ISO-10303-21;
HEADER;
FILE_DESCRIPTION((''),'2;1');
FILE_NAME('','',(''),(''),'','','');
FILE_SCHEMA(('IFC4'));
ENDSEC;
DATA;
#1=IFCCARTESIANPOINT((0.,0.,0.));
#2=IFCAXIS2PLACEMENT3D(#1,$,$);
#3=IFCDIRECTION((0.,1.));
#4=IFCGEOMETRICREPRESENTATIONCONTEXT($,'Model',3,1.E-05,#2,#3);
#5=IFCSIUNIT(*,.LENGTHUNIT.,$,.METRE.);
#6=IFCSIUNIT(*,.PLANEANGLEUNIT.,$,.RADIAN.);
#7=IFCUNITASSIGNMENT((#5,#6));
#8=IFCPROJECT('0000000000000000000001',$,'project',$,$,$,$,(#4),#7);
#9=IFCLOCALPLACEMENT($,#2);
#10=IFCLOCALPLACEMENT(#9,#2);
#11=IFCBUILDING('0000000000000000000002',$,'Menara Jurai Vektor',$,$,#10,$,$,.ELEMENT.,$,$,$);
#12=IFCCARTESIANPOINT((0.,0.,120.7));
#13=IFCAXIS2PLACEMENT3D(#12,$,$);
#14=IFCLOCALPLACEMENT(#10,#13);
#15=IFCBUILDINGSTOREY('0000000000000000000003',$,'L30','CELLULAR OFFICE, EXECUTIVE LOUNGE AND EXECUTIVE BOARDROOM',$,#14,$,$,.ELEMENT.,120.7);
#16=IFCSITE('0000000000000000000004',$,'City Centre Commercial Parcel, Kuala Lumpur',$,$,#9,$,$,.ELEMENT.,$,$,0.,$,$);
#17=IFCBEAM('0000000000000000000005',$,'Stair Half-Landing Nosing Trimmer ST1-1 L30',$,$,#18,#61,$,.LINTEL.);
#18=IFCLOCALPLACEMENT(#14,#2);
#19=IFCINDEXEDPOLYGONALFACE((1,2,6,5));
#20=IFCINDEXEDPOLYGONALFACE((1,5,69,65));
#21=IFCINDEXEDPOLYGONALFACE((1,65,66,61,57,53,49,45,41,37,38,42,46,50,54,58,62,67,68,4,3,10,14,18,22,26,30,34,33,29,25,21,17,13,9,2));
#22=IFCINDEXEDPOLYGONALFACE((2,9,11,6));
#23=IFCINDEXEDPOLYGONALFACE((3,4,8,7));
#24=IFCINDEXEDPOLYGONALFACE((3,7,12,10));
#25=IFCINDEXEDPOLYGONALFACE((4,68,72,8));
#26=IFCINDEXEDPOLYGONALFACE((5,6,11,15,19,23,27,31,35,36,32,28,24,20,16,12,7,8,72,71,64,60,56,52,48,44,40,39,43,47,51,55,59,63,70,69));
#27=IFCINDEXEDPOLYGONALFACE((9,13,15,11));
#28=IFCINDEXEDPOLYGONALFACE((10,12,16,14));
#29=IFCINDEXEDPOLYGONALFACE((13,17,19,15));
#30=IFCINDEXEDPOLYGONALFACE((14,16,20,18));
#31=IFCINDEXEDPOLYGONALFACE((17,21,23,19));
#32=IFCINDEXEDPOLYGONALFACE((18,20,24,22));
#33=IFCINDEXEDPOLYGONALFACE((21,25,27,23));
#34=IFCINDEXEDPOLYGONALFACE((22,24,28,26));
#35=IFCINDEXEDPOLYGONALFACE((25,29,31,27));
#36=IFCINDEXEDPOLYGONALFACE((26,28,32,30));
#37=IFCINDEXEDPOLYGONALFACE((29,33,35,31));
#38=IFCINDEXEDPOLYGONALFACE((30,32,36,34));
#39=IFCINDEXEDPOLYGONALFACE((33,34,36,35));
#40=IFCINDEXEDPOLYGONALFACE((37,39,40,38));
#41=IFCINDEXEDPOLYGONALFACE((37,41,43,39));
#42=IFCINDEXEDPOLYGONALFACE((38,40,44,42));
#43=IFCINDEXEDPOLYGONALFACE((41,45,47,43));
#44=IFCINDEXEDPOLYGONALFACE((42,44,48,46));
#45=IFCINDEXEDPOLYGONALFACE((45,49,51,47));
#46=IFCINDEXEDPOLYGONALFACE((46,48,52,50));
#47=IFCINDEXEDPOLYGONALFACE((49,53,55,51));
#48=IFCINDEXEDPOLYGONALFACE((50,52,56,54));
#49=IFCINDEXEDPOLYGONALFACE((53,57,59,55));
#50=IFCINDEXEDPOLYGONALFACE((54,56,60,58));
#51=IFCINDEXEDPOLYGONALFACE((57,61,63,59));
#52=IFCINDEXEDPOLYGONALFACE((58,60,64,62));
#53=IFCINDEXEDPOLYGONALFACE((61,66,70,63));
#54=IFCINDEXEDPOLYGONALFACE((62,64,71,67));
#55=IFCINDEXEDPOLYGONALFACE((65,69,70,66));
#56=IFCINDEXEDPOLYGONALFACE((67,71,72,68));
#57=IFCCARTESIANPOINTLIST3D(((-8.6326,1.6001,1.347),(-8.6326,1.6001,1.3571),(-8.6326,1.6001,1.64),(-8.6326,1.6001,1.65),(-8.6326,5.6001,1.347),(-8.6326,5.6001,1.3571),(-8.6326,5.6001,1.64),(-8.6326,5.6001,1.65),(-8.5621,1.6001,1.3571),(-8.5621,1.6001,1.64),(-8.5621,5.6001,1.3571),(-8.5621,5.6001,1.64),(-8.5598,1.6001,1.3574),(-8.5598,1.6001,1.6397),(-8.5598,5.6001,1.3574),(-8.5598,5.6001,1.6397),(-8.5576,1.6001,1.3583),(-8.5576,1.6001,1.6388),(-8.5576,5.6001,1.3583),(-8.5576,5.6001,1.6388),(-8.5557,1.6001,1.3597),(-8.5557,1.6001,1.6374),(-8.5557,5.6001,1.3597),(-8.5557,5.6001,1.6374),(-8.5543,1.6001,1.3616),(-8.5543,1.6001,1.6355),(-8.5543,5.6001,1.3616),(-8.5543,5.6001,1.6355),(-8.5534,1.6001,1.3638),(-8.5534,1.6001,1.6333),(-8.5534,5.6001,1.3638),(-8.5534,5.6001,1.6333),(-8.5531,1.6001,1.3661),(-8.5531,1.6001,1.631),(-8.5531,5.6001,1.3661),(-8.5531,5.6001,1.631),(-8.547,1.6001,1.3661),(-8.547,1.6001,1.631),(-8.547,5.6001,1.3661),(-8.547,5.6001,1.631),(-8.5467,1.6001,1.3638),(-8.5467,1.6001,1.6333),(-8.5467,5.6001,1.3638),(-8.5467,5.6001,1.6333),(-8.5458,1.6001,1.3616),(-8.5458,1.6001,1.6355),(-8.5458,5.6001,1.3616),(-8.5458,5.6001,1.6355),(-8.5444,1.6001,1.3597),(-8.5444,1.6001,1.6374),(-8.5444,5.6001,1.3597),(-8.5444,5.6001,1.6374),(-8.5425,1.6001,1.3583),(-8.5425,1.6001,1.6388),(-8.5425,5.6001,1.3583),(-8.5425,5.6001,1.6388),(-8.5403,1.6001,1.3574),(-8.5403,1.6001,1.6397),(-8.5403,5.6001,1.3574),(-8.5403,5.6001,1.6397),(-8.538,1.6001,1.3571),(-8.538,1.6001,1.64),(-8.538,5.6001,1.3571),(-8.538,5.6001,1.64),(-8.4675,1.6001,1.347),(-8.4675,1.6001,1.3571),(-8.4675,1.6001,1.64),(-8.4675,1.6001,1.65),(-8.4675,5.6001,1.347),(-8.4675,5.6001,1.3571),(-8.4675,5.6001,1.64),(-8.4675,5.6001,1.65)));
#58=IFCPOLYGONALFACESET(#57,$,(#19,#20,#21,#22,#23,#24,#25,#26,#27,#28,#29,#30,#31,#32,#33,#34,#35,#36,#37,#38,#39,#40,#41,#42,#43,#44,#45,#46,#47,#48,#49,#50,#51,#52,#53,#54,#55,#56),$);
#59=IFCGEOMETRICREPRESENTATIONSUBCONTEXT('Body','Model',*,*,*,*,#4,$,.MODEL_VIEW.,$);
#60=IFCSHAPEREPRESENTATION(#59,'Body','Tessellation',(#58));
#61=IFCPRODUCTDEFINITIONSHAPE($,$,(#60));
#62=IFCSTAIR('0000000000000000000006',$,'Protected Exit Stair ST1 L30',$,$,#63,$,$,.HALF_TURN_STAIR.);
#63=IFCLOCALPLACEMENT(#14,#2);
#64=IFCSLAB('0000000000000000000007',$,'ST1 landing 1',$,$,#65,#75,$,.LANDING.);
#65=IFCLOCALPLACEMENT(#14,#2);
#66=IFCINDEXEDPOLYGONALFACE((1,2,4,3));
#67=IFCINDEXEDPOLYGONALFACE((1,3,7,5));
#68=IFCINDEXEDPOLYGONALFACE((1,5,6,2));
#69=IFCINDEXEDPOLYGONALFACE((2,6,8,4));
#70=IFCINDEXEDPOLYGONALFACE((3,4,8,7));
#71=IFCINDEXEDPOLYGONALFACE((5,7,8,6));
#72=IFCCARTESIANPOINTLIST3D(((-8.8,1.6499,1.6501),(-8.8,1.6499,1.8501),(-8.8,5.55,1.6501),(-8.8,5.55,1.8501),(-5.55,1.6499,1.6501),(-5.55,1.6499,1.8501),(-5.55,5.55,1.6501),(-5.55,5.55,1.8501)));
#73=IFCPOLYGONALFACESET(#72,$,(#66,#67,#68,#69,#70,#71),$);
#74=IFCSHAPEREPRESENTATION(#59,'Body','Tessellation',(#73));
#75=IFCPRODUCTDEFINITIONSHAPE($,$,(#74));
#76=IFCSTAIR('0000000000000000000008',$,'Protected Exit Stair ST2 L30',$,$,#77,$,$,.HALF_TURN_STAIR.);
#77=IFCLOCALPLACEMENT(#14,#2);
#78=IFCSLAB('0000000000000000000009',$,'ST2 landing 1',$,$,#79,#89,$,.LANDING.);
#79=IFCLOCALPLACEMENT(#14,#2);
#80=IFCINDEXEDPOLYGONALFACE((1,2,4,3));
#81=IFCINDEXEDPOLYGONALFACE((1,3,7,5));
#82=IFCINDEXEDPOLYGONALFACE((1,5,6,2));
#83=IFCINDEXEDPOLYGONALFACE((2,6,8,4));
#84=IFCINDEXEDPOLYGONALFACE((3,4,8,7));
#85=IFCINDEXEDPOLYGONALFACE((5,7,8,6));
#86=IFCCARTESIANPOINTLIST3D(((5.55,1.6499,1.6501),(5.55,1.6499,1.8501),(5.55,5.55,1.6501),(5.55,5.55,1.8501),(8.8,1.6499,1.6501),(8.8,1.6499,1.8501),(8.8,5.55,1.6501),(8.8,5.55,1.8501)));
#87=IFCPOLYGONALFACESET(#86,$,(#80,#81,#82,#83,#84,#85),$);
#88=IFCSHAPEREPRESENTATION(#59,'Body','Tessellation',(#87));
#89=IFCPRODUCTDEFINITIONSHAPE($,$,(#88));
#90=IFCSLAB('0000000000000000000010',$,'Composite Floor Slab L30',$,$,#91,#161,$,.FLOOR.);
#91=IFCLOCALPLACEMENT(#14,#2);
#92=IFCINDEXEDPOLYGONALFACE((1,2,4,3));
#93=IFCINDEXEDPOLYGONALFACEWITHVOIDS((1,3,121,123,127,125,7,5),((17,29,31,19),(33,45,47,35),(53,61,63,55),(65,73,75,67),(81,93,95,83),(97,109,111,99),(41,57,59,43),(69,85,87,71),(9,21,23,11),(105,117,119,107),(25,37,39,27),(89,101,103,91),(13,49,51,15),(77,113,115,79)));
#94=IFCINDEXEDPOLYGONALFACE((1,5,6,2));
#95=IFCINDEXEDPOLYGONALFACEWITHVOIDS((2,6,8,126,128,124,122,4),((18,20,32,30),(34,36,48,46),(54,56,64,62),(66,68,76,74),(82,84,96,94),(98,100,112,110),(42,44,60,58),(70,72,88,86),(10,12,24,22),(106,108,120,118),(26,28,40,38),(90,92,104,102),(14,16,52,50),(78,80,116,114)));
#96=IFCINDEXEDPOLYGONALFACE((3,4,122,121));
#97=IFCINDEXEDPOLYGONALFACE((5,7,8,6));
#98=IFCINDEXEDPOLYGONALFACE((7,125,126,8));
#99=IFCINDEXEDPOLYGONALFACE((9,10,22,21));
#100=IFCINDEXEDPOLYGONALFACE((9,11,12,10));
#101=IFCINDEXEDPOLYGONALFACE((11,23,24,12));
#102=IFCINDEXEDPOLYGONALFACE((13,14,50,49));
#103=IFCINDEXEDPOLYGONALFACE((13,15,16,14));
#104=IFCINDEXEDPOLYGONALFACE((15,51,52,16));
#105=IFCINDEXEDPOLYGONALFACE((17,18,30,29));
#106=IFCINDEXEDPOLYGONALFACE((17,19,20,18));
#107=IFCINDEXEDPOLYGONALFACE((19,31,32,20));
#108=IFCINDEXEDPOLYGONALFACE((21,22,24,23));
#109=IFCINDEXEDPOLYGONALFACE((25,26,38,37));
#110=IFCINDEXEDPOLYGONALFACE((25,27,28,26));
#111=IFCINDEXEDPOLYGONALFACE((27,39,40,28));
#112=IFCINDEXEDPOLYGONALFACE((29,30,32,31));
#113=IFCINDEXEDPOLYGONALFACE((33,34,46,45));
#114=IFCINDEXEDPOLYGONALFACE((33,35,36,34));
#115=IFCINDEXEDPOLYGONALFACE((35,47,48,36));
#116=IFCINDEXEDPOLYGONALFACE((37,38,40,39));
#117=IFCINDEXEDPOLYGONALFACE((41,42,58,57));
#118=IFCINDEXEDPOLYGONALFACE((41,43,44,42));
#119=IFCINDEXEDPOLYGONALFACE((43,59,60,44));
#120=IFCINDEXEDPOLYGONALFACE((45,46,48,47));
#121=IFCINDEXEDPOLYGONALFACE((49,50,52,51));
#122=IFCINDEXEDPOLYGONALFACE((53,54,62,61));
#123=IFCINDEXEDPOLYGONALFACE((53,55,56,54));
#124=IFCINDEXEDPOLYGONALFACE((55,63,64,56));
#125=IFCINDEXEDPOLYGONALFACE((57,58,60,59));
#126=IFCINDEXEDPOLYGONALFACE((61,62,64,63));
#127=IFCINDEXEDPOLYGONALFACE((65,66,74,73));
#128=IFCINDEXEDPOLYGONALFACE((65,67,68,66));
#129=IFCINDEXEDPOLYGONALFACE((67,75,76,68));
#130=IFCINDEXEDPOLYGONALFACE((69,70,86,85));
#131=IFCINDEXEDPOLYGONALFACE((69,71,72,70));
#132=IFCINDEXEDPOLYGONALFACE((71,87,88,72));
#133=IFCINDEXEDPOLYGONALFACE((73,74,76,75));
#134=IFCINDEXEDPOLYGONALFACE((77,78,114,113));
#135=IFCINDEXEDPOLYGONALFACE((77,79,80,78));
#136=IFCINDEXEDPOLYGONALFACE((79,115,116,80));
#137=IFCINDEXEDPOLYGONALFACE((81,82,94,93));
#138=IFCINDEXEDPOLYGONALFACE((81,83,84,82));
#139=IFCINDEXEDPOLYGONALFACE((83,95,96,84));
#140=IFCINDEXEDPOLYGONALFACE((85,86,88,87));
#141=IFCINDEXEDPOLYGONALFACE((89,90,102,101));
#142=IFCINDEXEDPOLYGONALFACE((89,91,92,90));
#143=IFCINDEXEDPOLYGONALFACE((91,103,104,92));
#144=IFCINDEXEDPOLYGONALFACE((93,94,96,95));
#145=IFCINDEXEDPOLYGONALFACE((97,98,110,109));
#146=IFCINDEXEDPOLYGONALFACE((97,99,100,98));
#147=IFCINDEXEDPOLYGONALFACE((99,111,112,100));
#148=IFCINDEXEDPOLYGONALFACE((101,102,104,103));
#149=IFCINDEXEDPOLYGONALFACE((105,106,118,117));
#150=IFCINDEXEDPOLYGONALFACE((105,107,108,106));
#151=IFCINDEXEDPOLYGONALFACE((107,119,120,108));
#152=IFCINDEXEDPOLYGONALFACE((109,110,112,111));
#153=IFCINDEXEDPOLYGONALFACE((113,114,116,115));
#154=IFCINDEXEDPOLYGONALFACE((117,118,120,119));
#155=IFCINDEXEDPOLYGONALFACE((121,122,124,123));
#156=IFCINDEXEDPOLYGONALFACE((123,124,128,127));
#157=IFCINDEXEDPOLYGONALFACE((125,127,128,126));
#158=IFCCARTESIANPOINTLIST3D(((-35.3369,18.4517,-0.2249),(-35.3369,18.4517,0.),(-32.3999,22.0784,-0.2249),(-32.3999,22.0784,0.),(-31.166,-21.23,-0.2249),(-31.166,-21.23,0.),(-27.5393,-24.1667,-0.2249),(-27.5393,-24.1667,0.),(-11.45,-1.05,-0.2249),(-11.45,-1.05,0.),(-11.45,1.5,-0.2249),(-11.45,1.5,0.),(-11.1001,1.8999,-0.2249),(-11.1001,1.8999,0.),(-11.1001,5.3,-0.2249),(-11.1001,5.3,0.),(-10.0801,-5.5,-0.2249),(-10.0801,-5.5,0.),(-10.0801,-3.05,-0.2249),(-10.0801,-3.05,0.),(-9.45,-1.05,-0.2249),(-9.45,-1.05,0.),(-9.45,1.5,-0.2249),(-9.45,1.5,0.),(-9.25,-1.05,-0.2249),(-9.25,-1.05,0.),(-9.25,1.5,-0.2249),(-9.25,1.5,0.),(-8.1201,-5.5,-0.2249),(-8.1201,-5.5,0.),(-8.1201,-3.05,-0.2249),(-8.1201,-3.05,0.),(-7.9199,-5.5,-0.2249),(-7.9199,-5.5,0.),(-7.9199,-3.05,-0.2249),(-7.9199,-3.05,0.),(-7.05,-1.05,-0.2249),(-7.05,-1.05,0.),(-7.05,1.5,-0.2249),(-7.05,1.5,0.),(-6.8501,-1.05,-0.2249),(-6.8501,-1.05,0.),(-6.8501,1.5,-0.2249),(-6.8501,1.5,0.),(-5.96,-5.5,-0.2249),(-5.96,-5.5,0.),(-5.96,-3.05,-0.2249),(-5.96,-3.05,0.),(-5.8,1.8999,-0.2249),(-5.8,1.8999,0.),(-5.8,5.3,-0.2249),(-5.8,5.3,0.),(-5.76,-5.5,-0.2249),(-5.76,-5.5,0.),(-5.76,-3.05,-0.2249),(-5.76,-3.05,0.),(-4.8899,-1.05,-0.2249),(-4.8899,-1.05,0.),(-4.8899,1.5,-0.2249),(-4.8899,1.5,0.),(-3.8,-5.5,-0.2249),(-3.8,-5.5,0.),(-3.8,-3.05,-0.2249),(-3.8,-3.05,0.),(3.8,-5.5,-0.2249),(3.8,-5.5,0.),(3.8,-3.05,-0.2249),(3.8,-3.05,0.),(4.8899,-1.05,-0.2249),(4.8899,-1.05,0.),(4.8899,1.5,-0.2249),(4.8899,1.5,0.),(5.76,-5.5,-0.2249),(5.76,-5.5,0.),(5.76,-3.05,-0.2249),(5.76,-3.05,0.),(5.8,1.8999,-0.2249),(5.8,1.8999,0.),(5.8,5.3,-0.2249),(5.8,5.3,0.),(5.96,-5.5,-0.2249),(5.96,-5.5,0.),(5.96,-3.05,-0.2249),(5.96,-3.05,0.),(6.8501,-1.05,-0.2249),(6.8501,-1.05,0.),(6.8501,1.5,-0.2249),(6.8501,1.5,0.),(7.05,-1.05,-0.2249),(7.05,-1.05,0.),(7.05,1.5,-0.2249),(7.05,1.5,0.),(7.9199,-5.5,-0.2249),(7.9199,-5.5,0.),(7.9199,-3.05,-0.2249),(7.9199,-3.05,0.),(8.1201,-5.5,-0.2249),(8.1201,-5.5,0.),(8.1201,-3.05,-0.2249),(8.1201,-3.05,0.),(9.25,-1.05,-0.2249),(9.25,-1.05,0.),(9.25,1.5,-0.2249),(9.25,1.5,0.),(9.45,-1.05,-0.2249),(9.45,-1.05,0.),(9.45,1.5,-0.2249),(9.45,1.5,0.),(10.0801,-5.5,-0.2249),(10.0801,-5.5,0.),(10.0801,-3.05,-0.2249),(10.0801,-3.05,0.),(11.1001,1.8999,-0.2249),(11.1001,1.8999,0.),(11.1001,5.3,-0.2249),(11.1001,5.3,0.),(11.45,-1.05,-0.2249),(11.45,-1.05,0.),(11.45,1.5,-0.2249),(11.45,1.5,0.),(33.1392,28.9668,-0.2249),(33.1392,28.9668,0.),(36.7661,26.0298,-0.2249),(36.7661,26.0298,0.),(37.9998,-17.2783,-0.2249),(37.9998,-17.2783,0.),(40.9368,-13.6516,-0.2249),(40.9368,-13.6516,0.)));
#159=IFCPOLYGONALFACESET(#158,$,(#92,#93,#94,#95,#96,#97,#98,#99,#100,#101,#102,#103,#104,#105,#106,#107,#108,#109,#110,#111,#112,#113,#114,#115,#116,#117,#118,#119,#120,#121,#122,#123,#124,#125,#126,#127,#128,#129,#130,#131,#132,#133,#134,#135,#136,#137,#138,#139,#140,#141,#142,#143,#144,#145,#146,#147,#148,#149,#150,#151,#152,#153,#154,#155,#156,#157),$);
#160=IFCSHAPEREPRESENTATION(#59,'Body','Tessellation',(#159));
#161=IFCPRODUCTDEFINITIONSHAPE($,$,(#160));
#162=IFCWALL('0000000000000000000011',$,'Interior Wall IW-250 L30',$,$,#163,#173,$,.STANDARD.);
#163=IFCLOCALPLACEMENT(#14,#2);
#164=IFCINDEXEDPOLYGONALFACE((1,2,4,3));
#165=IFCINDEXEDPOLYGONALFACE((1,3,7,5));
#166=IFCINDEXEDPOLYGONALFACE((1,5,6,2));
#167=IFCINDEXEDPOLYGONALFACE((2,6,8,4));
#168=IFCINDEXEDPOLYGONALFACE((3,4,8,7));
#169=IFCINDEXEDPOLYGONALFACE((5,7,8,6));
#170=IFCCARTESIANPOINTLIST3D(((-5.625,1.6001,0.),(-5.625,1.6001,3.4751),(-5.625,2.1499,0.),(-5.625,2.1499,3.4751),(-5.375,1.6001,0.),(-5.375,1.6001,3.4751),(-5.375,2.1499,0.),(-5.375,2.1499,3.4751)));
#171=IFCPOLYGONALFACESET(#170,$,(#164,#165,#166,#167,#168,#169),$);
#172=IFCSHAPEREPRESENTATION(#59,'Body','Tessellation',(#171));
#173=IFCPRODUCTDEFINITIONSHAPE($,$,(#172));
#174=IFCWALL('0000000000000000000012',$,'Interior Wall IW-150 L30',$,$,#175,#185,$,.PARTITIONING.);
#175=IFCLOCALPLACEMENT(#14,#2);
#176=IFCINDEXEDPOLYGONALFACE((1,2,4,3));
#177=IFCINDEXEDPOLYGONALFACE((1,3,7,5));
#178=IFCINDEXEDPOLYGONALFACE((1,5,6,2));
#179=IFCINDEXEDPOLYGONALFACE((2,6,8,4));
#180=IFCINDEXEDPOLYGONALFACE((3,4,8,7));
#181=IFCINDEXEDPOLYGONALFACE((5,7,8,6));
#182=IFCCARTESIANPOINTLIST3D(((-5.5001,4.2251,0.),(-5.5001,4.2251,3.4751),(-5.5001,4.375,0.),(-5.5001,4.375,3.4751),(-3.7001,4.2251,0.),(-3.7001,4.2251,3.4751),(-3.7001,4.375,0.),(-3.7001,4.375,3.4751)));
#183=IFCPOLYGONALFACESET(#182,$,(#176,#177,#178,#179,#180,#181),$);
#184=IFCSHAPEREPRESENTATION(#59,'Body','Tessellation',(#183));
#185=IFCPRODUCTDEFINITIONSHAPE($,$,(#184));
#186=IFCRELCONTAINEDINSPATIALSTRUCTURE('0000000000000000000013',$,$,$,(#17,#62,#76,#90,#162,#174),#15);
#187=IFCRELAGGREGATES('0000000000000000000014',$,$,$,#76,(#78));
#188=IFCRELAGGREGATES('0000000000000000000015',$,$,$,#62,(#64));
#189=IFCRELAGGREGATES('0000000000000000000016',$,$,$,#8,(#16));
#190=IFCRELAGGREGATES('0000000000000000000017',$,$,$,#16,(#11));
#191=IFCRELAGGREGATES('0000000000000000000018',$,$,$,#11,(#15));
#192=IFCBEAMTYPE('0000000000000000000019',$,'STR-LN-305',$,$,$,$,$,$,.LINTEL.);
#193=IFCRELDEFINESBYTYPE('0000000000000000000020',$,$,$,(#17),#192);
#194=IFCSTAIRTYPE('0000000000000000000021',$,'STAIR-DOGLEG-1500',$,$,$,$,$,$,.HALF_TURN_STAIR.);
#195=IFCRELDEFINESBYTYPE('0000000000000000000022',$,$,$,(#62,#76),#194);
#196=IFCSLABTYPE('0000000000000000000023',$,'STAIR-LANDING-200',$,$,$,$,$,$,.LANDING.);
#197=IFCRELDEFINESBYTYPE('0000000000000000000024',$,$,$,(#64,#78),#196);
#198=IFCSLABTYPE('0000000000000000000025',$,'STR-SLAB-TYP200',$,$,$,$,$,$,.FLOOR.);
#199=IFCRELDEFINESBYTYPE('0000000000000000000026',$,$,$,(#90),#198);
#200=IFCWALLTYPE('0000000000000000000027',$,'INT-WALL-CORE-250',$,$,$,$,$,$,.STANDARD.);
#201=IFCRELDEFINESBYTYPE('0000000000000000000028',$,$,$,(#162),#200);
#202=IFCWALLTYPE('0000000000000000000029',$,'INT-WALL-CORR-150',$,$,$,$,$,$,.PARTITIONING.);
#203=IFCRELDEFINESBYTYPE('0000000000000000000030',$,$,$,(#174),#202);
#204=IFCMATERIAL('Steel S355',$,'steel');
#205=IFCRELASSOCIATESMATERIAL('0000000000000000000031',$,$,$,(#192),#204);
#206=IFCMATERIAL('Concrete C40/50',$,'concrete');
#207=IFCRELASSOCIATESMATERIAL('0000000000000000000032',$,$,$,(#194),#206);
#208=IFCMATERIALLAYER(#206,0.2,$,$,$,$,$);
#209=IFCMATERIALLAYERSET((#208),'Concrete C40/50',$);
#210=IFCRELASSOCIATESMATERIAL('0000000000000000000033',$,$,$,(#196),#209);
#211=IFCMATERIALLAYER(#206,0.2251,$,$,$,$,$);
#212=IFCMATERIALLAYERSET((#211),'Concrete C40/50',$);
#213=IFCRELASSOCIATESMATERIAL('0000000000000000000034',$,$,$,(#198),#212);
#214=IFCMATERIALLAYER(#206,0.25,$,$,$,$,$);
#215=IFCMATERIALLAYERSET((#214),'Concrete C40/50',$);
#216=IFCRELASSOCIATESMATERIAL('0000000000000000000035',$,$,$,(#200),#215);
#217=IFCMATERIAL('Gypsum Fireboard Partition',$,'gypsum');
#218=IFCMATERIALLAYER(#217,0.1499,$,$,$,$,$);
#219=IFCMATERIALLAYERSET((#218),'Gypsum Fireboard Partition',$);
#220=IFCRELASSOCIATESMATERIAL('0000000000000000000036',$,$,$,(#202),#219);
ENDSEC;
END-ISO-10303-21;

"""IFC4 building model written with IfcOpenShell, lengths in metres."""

from ifc_helpers import new_model, si_unit, direction, frame, frame_2d, origin, origin_2d, place, context, subcontext, project, spatial, polyline, rectangle, i_section, outline, extrude, material, layer, layer_set, material_profile, profile_set, type_object, element, aggregate, save


model = new_model("IFC4")

# Units and contexts
model_context = context("Model", 3, precision=1e-05, world=origin(), true_north=direction((0.0, 1.0)))
body_context = subcontext(model_context, "Body", "Model", "MODEL_VIEW")
ifc_project = project(units=[si_unit("LENGTHUNIT", "METRE"), si_unit("PLANEANGLEUNIT", "RADIAN")], contexts=[model_context])

# Site, building, storey
site_placement = place(None, origin())
site = spatial("IfcSite", under=ifc_project, at=site_placement, Name="City Centre Commercial Parcel, Kuala Lumpur", CompositionType="ELEMENT", RefElevation=0.0)
building_placement = place(site_placement, origin())
building = spatial("IfcBuilding", under=site, at=building_placement, Name="Menara Jurai Vektor", CompositionType="ELEMENT")
storey_placement = place(building_placement, frame((0.0, 0.0, 120.7)))
storey = spatial("IfcBuildingStorey", under=building, at=storey_placement, Name="L30", Description="CELLULAR OFFICE, EXECUTIVE LOUNGE AND EXECUTIVE BOARDROOM", CompositionType="ELEMENT", Elevation=120.7)

# Shared definitions
ifc_material_1 = material(Name="Steel S355", Category="steel")

# Beam
ifc_material_profile_1 = material_profile(ifc_material_1, i_section(OverallWidth=0.165, OverallDepth=0.303, WebThickness=0.0061, FlangeThickness=0.01, FilletRadius=0.009, at=origin_2d()), Name="UKB 305x165x40")
ifc_profile_set_1 = profile_set([ifc_material_profile_1], Name="Steel S355")
beam_type_1 = type_object("IfcBeamType", Name="STR-LN-305", PredefinedType="LINTEL", material=ifc_profile_set_1)
beam_1_placement = place(storey_placement, frame((-8.55, 1.6001, 1.4985), z_axis=(0.0, 1.0, 0.0), x_axis=(-1.0, 0.0, 0.0)))
element("IfcBeam", 1, at=beam_1_placement, inside=storey, type_object=beam_type_1, Name="Stair Half-Landing Nosing Trimmer ST1-1 L30", PredefinedType="LINTEL", context=body_context, shape_type="SweptSolid", body=[
    extrude(i_section(OverallWidth=0.165, OverallDepth=0.303, WebThickness=0.0061, FlangeThickness=0.01, FilletRadius=0.009, at=origin_2d()), origin(), (0.0, 0.0, 1.0), 4.0),
])

# Stairs, slabs
ifc_material_2 = material(Name="Concrete C40/50", Category="concrete")
stair_type = type_object("IfcStairType", Name="STAIR-DOGLEG-1500", PredefinedType="HALF_TURN_STAIR", material=ifc_material_2)
stair_1_placement = place(storey_placement, origin())
stair_1 = element("IfcStair", 2, at=stair_1_placement, inside=storey, type_object=stair_type, Name="Protected Exit Stair ST1 L30", PredefinedType="HALF_TURN_STAIR")
ifc_layer_1 = layer(ifc_material_2, 0.2)
ifc_layer_set_1 = layer_set([ifc_layer_1], Name="Concrete C40/50")
slab_type_1 = type_object("IfcSlabType", Name="STAIR-LANDING-200", PredefinedType="LANDING", material=ifc_layer_set_1)
slab_1_placement = place(storey_placement, frame((0.0, 0.0, 1.6501)))
slab_1 = element("IfcSlab", 3, at=slab_1_placement, type_object=slab_type_1, Name="ST1 landing 1", PredefinedType="LANDING", context=body_context, shape_type="SweptSolid", body=[
    extrude(outline(polyline([(-8.8, 1.6499), (-5.55, 1.6499), (-5.55, 5.55), (-8.8, 5.55), (-8.8, 1.6499)])), origin(), (0.0, 0.0, 1.0), 0.2),
])
stair_2_placement = place(storey_placement, origin())
stair_2 = element("IfcStair", 4, at=stair_2_placement, inside=storey, type_object=stair_type, Name="Protected Exit Stair ST2 L30", PredefinedType="HALF_TURN_STAIR")
slab_2_placement = place(storey_placement, frame((0.0, 0.0, 1.6501)))
slab_2 = element("IfcSlab", 5, at=slab_2_placement, type_object=slab_type_1, Name="ST2 landing 1", PredefinedType="LANDING", context=body_context, shape_type="SweptSolid", body=[
    extrude(outline(polyline([(5.55, 1.6499), (8.8, 1.6499), (8.8, 5.55), (5.55, 5.55), (5.55, 1.6499)])), origin(), (0.0, 0.0, 1.0), 0.2),
])
aggregate(stair_2, [slab_2])

# Slab
ifc_layer_2 = layer(ifc_material_2, 0.2251)
ifc_layer_set_2 = layer_set([ifc_layer_2], Name="Concrete C40/50")
slab_type_2 = type_object("IfcSlabType", Name="STR-SLAB-TYP200", PredefinedType="FLOOR", material=ifc_layer_set_2)
slab_3_placement = place(storey_placement, frame((0.0, 0.0, -0.2249)))
element("IfcSlab", 6, at=slab_3_placement, inside=storey, type_object=slab_type_2, Name="Composite Floor Slab L30", PredefinedType="FLOOR", context=body_context, shape_type="SweptSolid", body=[
    extrude(outline(polyline([(-27.5393, -24.1667), (37.9998, -17.2783), (40.9368, -13.6516), (36.7661, 26.0298), (33.1392, 28.9668), (-32.3999, 22.0784), (-35.3369, 18.4517), (-31.166, -21.23), (-27.5393, -24.1667)]), holes=[polyline([(-11.1001, 1.8999), (-11.1001, 5.3), (-5.8, 5.3), (-5.8, 1.8999), (-11.1001, 1.8999)]), polyline([(5.8, 1.8999), (5.8, 5.3), (11.1001, 5.3), (11.1001, 1.8999), (5.8, 1.8999)]), polyline([(-11.45, -1.05), (-11.45, 1.5), (-9.45, 1.5), (-9.45, -1.05), (-11.45, -1.05)]), polyline([(9.45, -1.05), (9.45, 1.5), (11.45, 1.5), (11.45, -1.05), (9.45, -1.05)]), polyline([(-5.76, -5.5), (-5.76, -3.05), (-3.8, -3.05), (-3.8, -5.5), (-5.76, -5.5)]), polyline([(-6.8501, -1.05), (-6.8501, 1.5), (-4.8899, 1.5), (-4.8899, -1.05), (-6.8501, -1.05)]), polyline([(3.8, -5.5), (3.8, -3.05), (5.76, -3.05), (5.76, -5.5), (3.8, -5.5)]), polyline([(4.8899, -1.05), (4.8899, 1.5), (6.8501, 1.5), (6.8501, -1.05), (4.8899, -1.05)]), polyline([(-10.0801, -5.5), (-10.0801, -3.05), (-8.1201, -3.05), (-8.1201, -5.5), (-10.0801, -5.5)]), polyline([(-7.9199, -5.5), (-7.9199, -3.05), (-5.96, -3.05), (-5.96, -5.5), (-7.9199, -5.5)]), polyline([(5.96, -5.5), (5.96, -3.05), (7.9199, -3.05), (7.9199, -5.5), (5.96, -5.5)]), polyline([(8.1201, -5.5), (8.1201, -3.05), (10.0801, -3.05), (10.0801, -5.5), (8.1201, -5.5)]), polyline([(-9.25, -1.05), (-9.25, 1.5), (-7.05, 1.5), (-7.05, -1.05), (-9.25, -1.05)]), polyline([(7.05, -1.05), (7.05, 1.5), (9.25, 1.5), (9.25, -1.05), (7.05, -1.05)])]), origin(), (0.0, 0.0, 1.0), 0.2249),
])

# Shared definitions
ifc_layer_3 = layer(ifc_material_2, 0.25)
ifc_layer_set_3 = layer_set([ifc_layer_3], Name="Concrete C40/50")
wall_type_1 = type_object("IfcWallType", Name="INT-WALL-CORE-250", PredefinedType="STANDARD", material=ifc_layer_set_3)

# Walls
wall_1_placement = place(storey_placement, frame((-5.5, 1.6001, 0.0), z_axis=(0.0, 0.0, 1.0), x_axis=(0.0, 1.0, 0.0)))
element("IfcWall", 7, at=wall_1_placement, inside=storey, type_object=wall_type_1, Name="Interior Wall IW-250 L30", PredefinedType="STANDARD", context=body_context, shape_type="SweptSolid", body=[
    extrude(rectangle(XDim=0.5498, YDim=0.25, at=frame_2d((0.2749, 0.0))), origin(), (0.0, 0.0, 1.0), 3.4751),
])
ifc_material_3 = material(Name="Gypsum Fireboard Partition", Category="gypsum")
ifc_layer_4 = layer(ifc_material_3, 0.1499)
ifc_layer_set_4 = layer_set([ifc_layer_4], Name="Gypsum Fireboard Partition")
wall_type_2 = type_object("IfcWallType", Name="INT-WALL-CORR-150", PredefinedType="PARTITIONING", material=ifc_layer_set_4)
wall_2_placement = place(storey_placement, frame((-5.5, 4.3, 0.0), z_axis=(0.0, 0.0, 1.0), x_axis=(1.0, 0.0, 0.0)))
element("IfcWall", 8, at=wall_2_placement, inside=storey, type_object=wall_type_2, Name="Interior Wall IW-150 L30", PredefinedType="PARTITIONING", context=body_context, shape_type="SweptSolid", body=[
    extrude(rectangle(XDim=1.8, YDim=0.1499, at=frame_2d((0.8999, 0.0))), origin(), (0.0, 0.0, 1.0), 3.4751),
])

aggregate(stair_1, [slab_1])

save(model, "model.ifc")
